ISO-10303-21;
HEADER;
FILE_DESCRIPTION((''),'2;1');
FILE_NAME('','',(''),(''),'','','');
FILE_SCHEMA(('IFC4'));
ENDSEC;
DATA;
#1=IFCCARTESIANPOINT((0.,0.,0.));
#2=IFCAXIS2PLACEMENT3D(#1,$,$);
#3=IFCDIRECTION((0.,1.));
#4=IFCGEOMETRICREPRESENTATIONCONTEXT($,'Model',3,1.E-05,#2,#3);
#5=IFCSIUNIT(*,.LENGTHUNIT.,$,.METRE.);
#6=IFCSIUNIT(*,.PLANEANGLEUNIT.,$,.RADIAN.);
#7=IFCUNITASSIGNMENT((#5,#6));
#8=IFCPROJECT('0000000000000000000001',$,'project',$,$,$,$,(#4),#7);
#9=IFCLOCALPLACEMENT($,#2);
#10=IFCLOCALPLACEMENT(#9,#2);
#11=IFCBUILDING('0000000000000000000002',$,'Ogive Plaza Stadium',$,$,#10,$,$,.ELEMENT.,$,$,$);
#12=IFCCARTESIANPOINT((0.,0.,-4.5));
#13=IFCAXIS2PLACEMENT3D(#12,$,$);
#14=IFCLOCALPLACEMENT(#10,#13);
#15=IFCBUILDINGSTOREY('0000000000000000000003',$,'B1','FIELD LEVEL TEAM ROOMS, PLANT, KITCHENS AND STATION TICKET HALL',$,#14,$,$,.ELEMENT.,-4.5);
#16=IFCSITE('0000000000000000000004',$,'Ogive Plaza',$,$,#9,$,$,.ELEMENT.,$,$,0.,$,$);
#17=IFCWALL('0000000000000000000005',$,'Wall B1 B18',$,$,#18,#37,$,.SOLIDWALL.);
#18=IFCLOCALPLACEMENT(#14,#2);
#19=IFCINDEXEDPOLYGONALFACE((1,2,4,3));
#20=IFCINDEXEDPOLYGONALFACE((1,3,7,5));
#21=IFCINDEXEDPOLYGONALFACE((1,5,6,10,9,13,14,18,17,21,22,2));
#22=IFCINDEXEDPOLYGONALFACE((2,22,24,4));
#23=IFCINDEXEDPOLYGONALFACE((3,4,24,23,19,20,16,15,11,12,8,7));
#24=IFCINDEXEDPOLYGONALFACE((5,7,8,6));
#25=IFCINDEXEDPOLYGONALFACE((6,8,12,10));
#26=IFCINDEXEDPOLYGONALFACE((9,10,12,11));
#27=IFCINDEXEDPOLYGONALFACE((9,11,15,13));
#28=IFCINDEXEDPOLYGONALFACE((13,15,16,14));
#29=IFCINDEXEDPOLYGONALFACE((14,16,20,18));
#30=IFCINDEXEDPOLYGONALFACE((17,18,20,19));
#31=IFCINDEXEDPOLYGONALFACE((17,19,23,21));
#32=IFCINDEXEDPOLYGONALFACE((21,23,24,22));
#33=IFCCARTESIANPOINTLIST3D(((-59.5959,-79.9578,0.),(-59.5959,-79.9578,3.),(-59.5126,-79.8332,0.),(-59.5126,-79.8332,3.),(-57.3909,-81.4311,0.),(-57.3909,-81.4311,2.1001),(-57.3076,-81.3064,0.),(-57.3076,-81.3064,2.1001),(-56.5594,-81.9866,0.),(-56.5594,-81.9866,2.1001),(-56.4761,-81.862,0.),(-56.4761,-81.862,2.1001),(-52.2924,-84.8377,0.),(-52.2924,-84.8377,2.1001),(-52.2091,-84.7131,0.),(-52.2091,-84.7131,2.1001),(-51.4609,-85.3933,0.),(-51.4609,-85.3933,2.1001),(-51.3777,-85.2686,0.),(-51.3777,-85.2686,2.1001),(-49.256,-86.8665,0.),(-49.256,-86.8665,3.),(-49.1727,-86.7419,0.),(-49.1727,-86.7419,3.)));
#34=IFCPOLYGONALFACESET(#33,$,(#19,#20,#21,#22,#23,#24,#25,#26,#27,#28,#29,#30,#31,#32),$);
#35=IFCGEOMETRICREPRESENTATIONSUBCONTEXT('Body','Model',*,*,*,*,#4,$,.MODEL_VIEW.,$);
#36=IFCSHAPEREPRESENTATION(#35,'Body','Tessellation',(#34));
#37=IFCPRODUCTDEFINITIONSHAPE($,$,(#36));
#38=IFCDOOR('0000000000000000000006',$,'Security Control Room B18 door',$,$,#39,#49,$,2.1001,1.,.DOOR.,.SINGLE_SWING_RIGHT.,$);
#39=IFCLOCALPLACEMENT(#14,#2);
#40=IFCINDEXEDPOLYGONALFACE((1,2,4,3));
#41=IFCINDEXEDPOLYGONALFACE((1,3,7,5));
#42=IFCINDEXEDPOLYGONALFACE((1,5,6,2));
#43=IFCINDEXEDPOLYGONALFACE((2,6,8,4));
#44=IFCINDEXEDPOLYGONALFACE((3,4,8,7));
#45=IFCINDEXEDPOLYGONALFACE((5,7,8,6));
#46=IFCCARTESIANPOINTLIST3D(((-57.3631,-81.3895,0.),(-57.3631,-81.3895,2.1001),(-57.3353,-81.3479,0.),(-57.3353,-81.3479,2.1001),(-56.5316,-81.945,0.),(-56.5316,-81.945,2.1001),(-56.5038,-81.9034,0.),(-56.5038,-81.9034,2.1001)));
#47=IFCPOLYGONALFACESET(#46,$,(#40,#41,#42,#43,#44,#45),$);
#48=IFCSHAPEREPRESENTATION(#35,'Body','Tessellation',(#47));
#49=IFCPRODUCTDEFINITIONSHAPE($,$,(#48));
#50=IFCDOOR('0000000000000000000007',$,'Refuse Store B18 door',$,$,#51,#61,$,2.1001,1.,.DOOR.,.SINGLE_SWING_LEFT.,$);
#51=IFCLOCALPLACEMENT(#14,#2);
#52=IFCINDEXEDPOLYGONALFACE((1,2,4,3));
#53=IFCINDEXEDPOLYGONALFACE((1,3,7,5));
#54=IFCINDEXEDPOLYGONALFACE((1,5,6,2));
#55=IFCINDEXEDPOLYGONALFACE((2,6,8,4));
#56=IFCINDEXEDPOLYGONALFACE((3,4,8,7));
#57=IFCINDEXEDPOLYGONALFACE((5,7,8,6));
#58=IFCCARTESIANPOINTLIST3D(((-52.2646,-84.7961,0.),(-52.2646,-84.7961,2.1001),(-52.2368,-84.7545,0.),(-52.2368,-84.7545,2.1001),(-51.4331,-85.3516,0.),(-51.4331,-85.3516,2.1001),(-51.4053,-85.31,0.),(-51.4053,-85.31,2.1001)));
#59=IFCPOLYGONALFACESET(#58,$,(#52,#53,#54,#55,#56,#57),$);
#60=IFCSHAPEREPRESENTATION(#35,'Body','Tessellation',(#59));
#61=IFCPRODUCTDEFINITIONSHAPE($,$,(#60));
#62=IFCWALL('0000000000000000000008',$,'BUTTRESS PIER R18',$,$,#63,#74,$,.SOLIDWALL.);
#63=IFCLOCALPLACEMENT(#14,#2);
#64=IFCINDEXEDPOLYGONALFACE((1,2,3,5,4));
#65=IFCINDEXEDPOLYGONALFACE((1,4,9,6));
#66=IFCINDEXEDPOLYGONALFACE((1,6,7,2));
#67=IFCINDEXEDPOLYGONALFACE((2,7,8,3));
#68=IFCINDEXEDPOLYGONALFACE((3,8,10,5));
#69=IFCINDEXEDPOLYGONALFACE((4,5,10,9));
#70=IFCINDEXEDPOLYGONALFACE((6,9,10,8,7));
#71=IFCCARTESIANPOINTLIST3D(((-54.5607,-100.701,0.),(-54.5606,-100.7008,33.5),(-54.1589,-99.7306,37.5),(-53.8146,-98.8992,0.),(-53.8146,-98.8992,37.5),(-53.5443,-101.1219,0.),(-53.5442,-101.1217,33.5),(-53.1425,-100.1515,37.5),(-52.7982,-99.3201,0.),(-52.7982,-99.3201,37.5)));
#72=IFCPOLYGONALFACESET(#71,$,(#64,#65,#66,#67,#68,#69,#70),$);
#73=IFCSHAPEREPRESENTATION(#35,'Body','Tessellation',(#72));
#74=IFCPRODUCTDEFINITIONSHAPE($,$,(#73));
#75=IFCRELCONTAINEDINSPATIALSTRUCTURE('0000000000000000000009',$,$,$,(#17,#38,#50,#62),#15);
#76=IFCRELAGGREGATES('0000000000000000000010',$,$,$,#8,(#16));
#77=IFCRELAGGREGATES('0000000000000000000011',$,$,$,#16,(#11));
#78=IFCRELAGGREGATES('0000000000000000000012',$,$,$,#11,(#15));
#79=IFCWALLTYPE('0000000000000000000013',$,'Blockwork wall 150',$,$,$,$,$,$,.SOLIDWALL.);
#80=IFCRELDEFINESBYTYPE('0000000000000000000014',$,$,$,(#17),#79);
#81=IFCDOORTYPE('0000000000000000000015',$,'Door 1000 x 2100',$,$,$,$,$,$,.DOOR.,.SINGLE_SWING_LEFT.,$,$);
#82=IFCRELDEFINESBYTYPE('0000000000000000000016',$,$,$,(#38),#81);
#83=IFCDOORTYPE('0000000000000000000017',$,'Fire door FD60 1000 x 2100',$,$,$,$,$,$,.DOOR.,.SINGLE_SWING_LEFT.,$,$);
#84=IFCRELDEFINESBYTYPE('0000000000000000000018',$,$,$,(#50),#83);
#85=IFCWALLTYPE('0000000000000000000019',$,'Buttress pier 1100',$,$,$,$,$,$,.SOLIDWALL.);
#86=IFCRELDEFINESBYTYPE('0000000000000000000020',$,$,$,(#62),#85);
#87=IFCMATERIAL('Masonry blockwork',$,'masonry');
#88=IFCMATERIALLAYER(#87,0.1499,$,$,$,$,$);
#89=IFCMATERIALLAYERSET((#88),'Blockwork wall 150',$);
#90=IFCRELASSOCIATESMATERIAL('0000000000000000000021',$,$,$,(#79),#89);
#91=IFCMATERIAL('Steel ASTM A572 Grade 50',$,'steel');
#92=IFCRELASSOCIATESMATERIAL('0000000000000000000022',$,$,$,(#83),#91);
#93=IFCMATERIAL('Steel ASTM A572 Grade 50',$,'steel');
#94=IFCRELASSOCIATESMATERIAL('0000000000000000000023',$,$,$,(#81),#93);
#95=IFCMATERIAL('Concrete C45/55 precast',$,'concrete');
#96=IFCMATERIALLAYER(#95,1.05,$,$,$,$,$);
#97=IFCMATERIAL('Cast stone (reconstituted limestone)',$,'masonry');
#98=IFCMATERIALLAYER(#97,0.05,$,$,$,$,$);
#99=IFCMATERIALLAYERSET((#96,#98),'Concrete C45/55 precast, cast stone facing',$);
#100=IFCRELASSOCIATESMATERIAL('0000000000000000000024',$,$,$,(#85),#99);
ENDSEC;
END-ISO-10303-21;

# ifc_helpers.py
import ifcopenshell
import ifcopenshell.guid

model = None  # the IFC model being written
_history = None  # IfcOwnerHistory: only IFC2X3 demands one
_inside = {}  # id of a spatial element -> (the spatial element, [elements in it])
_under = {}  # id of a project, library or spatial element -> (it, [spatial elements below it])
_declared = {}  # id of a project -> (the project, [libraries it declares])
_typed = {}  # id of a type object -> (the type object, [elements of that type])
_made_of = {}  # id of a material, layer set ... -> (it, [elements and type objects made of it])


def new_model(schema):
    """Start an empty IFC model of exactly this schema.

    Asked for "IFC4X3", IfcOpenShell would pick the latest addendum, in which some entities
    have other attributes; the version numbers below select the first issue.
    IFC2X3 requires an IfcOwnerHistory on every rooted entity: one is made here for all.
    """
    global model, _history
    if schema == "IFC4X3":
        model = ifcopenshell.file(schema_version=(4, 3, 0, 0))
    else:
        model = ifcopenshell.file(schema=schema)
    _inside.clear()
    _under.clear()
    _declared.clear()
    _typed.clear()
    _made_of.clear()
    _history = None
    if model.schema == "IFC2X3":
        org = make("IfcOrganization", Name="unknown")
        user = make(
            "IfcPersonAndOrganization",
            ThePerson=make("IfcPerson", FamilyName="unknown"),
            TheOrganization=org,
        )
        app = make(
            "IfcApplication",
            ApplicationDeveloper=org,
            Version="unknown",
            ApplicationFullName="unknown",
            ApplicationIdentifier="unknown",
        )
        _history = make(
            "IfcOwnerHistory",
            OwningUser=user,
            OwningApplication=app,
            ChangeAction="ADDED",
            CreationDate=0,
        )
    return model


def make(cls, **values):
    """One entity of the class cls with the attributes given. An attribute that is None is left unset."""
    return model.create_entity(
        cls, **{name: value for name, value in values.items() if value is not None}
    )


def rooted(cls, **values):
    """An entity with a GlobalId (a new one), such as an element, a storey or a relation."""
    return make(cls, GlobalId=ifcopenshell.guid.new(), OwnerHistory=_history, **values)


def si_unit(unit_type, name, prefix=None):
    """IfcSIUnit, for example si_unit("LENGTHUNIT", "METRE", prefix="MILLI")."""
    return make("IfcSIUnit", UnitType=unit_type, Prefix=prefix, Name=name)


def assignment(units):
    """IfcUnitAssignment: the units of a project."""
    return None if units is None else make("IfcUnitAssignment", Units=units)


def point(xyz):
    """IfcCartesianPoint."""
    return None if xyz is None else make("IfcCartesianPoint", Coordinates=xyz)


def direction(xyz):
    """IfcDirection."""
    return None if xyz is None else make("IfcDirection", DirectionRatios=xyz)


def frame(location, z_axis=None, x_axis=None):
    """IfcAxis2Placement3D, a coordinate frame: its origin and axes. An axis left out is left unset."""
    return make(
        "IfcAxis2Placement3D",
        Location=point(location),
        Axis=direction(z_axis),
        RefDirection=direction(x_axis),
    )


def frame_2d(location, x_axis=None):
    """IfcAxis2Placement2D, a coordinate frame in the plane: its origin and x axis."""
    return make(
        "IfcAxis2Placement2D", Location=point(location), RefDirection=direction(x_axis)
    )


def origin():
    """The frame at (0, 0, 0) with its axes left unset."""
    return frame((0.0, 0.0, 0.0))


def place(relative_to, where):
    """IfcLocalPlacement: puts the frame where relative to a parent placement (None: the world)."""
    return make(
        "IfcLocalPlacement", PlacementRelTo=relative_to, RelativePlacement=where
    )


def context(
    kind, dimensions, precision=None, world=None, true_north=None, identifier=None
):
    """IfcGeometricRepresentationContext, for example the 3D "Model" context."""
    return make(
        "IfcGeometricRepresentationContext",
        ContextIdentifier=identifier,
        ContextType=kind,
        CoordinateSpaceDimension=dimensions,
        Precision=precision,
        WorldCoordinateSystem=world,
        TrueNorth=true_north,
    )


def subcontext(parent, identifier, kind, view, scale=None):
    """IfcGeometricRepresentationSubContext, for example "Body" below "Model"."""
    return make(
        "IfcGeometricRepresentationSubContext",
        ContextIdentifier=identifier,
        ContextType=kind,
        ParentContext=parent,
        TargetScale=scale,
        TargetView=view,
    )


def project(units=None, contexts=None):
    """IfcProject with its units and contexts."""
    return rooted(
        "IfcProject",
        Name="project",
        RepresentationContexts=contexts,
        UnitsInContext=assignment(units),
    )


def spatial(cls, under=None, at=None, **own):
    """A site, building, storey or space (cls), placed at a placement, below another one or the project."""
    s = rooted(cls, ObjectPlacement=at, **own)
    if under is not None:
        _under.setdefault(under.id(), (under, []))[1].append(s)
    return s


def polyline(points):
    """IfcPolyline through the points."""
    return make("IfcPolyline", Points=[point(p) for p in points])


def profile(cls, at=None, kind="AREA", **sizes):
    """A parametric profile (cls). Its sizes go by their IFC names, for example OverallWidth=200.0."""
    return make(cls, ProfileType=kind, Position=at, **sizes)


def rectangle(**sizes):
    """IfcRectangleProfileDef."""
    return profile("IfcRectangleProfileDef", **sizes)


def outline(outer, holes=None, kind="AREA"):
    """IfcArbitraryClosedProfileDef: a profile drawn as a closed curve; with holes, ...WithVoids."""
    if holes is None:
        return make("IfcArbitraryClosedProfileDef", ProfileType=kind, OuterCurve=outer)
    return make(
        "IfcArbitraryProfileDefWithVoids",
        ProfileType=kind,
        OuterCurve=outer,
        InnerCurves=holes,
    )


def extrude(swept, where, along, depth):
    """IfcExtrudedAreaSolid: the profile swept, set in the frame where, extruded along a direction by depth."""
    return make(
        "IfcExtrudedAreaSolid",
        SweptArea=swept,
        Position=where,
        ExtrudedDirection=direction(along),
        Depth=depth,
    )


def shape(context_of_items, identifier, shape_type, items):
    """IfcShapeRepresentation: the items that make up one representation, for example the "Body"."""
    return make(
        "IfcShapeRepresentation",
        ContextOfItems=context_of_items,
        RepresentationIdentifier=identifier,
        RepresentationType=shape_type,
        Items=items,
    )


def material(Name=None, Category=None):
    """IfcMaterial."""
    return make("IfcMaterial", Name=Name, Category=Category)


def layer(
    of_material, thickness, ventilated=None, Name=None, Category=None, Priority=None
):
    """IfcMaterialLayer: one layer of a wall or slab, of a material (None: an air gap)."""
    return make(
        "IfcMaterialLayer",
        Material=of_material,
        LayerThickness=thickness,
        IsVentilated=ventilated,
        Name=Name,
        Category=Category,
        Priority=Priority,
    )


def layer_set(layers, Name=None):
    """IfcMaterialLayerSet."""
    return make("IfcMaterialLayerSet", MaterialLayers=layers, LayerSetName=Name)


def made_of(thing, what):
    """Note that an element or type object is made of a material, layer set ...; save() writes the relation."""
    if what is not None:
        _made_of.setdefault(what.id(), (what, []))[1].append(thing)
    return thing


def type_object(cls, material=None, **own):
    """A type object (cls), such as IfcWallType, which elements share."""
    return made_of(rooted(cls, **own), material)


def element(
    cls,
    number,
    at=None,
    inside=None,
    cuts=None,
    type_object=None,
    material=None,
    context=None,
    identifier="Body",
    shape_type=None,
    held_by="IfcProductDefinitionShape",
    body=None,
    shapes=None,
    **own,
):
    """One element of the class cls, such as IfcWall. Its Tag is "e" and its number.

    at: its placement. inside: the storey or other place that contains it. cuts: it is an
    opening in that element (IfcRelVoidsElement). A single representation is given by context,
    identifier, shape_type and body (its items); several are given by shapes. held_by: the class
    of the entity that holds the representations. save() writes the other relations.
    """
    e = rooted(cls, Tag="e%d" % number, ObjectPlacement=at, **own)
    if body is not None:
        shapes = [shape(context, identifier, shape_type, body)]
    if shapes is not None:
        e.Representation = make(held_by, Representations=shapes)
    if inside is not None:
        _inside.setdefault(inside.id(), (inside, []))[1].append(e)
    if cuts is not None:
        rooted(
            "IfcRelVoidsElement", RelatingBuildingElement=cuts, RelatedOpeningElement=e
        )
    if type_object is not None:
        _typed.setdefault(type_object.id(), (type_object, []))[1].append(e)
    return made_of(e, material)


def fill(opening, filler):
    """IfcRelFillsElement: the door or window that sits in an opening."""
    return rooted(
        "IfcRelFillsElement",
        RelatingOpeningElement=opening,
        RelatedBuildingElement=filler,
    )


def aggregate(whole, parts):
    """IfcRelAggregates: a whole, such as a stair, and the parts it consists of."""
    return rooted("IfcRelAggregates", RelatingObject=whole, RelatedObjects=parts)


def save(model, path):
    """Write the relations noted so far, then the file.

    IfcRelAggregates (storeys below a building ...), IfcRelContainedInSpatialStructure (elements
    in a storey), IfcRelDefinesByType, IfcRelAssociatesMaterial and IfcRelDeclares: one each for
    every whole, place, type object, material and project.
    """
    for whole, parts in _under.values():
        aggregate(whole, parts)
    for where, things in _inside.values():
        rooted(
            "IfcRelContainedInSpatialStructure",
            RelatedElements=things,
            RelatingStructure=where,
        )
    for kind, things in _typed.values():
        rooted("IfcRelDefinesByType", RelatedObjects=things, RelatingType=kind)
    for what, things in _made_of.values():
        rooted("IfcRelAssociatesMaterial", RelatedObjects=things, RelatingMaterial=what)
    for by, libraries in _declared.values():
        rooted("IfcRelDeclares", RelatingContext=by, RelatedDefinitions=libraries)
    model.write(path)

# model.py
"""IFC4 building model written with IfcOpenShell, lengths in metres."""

from ifc_helpers import new_model, si_unit, direction, frame, frame_2d, origin, place, context, subcontext, project, spatial, polyline, rectangle, outline, extrude, material, layer, layer_set, type_object, element, fill, save


model = new_model("IFC4")

# Units and contexts
model_context = context("Model", 3, precision=1e-05, world=origin(), true_north=direction((0.0, 1.0)))
body_context = subcontext(model_context, "Body", "Model", "MODEL_VIEW")
ifc_project = project(units=[si_unit("LENGTHUNIT", "METRE"), si_unit("PLANEANGLEUNIT", "RADIAN")], contexts=[model_context])

# Site, building, storey
site_placement = place(None, origin())
site = spatial("IfcSite", under=ifc_project, at=site_placement, Name="Ogive Plaza", CompositionType="ELEMENT", RefElevation=0.0)
building_placement = place(site_placement, origin())
building = spatial("IfcBuilding", under=site, at=building_placement, Name="Ogive Plaza Stadium", CompositionType="ELEMENT")
storey_placement = place(building_placement, frame((0.0, 0.0, -4.5)))
storey = spatial("IfcBuildingStorey", under=building, at=storey_placement, Name="B1", Description="FIELD LEVEL TEAM ROOMS, PLANT, KITCHENS AND STATION TICKET HALL", CompositionType="ELEMENT", Elevation=-4.5)

# Shared definitions
ifc_material_1 = material(Name="Masonry blockwork", Category="masonry")
ifc_layer_1 = layer(ifc_material_1, 0.1499)
ifc_layer_set_1 = layer_set([ifc_layer_1], Name="Blockwork wall 150")
wall_type_1 = type_object("IfcWallType", Name="Blockwork wall 150", PredefinedType="SOLIDWALL", material=ifc_layer_set_1)
ifc_material_2 = material(Name="Steel ASTM A572 Grade 50", Category="steel")
door_type_1 = type_object("IfcDoorType", Name="Fire door FD60 1000 x 2100", OperationType="SINGLE_SWING_LEFT", PredefinedType="DOOR", material=ifc_material_2)

# Wall, openings, doors
wall_1_placement = place(storey_placement, frame((-49.2144, -86.8042, 0.0), z_axis=(0.0, 0.0, 1.0), x_axis=(-0.831476, 0.555561, 0.0)))
wall_1 = element("IfcWall", 1, at=wall_1_placement, inside=storey, type_object=wall_type_1, Name="Wall B1 B18", PredefinedType="SOLIDWALL", context=body_context, shape_type="SweptSolid", body=[
    extrude(rectangle(XDim=12.4355, YDim=0.1499, at=frame_2d((6.2178, 0.0))), origin(), (0.0, 0.0, 1.0), 3.0),
])
opening_1_placement = place(wall_1_placement, frame((2.6519, 0.0, 0.0)))
opening_1 = element("IfcOpeningElement", 2, at=opening_1_placement, cuts=wall_1, PredefinedType="OPENING", context=body_context, shape_type="SweptSolid", body=[
    extrude(rectangle(XDim=1.0, YDim=2.1001, at=frame_2d((0.5, 1.05))), frame((0.0, 0.075, 0.0), z_axis=(0.0, -1.0, 0.0), x_axis=(1.0, 0.0, 0.0)), (0.0, 0.0, 1.0), 0.1499),
])
opening_2_placement = place(wall_1_placement, frame((8.7837, 0.0, 0.0)))
opening_2 = element("IfcOpeningElement", 3, at=opening_2_placement, cuts=wall_1, PredefinedType="OPENING", context=body_context, shape_type="SweptSolid", body=[
    extrude(rectangle(XDim=1.0, YDim=2.1001, at=frame_2d((0.5, 1.05))), frame((0.0, 0.075, 0.0), z_axis=(0.0, -1.0, 0.0), x_axis=(1.0, 0.0, 0.0)), (0.0, 0.0, 1.0), 0.1499),
])
ifc_material_3 = material(Name="Steel ASTM A572 Grade 50", Category="steel")
door_type_2 = type_object("IfcDoorType", Name="Door 1000 x 2100", OperationType="SINGLE_SWING_LEFT", PredefinedType="DOOR", material=ifc_material_3)
door_1_placement = place(opening_2_placement, origin())
door_1 = element("IfcDoor", 4, at=door_1_placement, inside=storey, type_object=door_type_2, Name="Security Control Room B18 door", OperationType="SINGLE_SWING_RIGHT", OverallHeight=2.1001, OverallWidth=1.0, PredefinedType="DOOR", context=body_context, shape_type="SweptSolid", body=[
    extrude(rectangle(XDim=1.0, YDim=2.1001, at=frame_2d((0.5, 1.05))), frame((0.0, 0.0249, 0.0), z_axis=(0.0, -1.0, 0.0), x_axis=(1.0, 0.0, 0.0)), (0.0, 0.0, 1.0), 0.05),
])
fill(opening_2, door_1)
door_2_placement = place(opening_1_placement, origin())
door_2 = element("IfcDoor", 5, at=door_2_placement, inside=storey, type_object=door_type_1, Name="Refuse Store B18 door", OperationType="SINGLE_SWING_LEFT", OverallHeight=2.1001, OverallWidth=1.0, PredefinedType="DOOR", context=body_context, shape_type="SweptSolid", body=[
    extrude(rectangle(XDim=1.0, YDim=2.1001, at=frame_2d((0.5, 1.05))), frame((0.0, 0.0249, 0.0), z_axis=(0.0, -1.0, 0.0), x_axis=(1.0, 0.0, 0.0)), (0.0, 0.0, 1.0), 0.05),
])
fill(opening_1, door_2)

# Wall
ifc_material_4 = material(Name="Concrete C45/55 precast", Category="concrete")
ifc_layer_2 = layer(ifc_material_4, 1.05)
ifc_material_5 = material(Name="Cast stone (reconstituted limestone)", Category="masonry")
ifc_layer_3 = layer(ifc_material_5, 0.05)
ifc_layer_set_2 = layer_set([ifc_layer_2, ifc_layer_3], Name="Concrete C45/55 precast, cast stone facing")
wall_type_2 = type_object("IfcWallType", Name="Buttress pier 1100", PredefinedType="SOLIDWALL", material=ifc_layer_set_2)
wall_2_placement = place(storey_placement, frame((-53.3064, -99.1096, 0.0), z_axis=(0.0, 0.0, 1.0), x_axis=(-0.382588, -0.923919, 0.0)))
element("IfcWall", 6, at=wall_2_placement, inside=storey, type_object=wall_type_2, Name="BUTTRESS PIER R18", PredefinedType="SOLIDWALL", context=body_context, shape_type="SweptSolid", body=[
    extrude(outline(polyline([(0.0, 0.0), (1.9502, 0.0), (1.95, 33.5), (0.8999, 37.5), (0.0, 37.5), (0.0, 0.0)])), frame((0.0, 0.55, 0.0), z_axis=(0.0, -1.0, 0.0), x_axis=(1.0, 0.0, 0.0)), (0.0, 0.0, 1.0), 1.1001),
])

save(model, "model.ifc")
